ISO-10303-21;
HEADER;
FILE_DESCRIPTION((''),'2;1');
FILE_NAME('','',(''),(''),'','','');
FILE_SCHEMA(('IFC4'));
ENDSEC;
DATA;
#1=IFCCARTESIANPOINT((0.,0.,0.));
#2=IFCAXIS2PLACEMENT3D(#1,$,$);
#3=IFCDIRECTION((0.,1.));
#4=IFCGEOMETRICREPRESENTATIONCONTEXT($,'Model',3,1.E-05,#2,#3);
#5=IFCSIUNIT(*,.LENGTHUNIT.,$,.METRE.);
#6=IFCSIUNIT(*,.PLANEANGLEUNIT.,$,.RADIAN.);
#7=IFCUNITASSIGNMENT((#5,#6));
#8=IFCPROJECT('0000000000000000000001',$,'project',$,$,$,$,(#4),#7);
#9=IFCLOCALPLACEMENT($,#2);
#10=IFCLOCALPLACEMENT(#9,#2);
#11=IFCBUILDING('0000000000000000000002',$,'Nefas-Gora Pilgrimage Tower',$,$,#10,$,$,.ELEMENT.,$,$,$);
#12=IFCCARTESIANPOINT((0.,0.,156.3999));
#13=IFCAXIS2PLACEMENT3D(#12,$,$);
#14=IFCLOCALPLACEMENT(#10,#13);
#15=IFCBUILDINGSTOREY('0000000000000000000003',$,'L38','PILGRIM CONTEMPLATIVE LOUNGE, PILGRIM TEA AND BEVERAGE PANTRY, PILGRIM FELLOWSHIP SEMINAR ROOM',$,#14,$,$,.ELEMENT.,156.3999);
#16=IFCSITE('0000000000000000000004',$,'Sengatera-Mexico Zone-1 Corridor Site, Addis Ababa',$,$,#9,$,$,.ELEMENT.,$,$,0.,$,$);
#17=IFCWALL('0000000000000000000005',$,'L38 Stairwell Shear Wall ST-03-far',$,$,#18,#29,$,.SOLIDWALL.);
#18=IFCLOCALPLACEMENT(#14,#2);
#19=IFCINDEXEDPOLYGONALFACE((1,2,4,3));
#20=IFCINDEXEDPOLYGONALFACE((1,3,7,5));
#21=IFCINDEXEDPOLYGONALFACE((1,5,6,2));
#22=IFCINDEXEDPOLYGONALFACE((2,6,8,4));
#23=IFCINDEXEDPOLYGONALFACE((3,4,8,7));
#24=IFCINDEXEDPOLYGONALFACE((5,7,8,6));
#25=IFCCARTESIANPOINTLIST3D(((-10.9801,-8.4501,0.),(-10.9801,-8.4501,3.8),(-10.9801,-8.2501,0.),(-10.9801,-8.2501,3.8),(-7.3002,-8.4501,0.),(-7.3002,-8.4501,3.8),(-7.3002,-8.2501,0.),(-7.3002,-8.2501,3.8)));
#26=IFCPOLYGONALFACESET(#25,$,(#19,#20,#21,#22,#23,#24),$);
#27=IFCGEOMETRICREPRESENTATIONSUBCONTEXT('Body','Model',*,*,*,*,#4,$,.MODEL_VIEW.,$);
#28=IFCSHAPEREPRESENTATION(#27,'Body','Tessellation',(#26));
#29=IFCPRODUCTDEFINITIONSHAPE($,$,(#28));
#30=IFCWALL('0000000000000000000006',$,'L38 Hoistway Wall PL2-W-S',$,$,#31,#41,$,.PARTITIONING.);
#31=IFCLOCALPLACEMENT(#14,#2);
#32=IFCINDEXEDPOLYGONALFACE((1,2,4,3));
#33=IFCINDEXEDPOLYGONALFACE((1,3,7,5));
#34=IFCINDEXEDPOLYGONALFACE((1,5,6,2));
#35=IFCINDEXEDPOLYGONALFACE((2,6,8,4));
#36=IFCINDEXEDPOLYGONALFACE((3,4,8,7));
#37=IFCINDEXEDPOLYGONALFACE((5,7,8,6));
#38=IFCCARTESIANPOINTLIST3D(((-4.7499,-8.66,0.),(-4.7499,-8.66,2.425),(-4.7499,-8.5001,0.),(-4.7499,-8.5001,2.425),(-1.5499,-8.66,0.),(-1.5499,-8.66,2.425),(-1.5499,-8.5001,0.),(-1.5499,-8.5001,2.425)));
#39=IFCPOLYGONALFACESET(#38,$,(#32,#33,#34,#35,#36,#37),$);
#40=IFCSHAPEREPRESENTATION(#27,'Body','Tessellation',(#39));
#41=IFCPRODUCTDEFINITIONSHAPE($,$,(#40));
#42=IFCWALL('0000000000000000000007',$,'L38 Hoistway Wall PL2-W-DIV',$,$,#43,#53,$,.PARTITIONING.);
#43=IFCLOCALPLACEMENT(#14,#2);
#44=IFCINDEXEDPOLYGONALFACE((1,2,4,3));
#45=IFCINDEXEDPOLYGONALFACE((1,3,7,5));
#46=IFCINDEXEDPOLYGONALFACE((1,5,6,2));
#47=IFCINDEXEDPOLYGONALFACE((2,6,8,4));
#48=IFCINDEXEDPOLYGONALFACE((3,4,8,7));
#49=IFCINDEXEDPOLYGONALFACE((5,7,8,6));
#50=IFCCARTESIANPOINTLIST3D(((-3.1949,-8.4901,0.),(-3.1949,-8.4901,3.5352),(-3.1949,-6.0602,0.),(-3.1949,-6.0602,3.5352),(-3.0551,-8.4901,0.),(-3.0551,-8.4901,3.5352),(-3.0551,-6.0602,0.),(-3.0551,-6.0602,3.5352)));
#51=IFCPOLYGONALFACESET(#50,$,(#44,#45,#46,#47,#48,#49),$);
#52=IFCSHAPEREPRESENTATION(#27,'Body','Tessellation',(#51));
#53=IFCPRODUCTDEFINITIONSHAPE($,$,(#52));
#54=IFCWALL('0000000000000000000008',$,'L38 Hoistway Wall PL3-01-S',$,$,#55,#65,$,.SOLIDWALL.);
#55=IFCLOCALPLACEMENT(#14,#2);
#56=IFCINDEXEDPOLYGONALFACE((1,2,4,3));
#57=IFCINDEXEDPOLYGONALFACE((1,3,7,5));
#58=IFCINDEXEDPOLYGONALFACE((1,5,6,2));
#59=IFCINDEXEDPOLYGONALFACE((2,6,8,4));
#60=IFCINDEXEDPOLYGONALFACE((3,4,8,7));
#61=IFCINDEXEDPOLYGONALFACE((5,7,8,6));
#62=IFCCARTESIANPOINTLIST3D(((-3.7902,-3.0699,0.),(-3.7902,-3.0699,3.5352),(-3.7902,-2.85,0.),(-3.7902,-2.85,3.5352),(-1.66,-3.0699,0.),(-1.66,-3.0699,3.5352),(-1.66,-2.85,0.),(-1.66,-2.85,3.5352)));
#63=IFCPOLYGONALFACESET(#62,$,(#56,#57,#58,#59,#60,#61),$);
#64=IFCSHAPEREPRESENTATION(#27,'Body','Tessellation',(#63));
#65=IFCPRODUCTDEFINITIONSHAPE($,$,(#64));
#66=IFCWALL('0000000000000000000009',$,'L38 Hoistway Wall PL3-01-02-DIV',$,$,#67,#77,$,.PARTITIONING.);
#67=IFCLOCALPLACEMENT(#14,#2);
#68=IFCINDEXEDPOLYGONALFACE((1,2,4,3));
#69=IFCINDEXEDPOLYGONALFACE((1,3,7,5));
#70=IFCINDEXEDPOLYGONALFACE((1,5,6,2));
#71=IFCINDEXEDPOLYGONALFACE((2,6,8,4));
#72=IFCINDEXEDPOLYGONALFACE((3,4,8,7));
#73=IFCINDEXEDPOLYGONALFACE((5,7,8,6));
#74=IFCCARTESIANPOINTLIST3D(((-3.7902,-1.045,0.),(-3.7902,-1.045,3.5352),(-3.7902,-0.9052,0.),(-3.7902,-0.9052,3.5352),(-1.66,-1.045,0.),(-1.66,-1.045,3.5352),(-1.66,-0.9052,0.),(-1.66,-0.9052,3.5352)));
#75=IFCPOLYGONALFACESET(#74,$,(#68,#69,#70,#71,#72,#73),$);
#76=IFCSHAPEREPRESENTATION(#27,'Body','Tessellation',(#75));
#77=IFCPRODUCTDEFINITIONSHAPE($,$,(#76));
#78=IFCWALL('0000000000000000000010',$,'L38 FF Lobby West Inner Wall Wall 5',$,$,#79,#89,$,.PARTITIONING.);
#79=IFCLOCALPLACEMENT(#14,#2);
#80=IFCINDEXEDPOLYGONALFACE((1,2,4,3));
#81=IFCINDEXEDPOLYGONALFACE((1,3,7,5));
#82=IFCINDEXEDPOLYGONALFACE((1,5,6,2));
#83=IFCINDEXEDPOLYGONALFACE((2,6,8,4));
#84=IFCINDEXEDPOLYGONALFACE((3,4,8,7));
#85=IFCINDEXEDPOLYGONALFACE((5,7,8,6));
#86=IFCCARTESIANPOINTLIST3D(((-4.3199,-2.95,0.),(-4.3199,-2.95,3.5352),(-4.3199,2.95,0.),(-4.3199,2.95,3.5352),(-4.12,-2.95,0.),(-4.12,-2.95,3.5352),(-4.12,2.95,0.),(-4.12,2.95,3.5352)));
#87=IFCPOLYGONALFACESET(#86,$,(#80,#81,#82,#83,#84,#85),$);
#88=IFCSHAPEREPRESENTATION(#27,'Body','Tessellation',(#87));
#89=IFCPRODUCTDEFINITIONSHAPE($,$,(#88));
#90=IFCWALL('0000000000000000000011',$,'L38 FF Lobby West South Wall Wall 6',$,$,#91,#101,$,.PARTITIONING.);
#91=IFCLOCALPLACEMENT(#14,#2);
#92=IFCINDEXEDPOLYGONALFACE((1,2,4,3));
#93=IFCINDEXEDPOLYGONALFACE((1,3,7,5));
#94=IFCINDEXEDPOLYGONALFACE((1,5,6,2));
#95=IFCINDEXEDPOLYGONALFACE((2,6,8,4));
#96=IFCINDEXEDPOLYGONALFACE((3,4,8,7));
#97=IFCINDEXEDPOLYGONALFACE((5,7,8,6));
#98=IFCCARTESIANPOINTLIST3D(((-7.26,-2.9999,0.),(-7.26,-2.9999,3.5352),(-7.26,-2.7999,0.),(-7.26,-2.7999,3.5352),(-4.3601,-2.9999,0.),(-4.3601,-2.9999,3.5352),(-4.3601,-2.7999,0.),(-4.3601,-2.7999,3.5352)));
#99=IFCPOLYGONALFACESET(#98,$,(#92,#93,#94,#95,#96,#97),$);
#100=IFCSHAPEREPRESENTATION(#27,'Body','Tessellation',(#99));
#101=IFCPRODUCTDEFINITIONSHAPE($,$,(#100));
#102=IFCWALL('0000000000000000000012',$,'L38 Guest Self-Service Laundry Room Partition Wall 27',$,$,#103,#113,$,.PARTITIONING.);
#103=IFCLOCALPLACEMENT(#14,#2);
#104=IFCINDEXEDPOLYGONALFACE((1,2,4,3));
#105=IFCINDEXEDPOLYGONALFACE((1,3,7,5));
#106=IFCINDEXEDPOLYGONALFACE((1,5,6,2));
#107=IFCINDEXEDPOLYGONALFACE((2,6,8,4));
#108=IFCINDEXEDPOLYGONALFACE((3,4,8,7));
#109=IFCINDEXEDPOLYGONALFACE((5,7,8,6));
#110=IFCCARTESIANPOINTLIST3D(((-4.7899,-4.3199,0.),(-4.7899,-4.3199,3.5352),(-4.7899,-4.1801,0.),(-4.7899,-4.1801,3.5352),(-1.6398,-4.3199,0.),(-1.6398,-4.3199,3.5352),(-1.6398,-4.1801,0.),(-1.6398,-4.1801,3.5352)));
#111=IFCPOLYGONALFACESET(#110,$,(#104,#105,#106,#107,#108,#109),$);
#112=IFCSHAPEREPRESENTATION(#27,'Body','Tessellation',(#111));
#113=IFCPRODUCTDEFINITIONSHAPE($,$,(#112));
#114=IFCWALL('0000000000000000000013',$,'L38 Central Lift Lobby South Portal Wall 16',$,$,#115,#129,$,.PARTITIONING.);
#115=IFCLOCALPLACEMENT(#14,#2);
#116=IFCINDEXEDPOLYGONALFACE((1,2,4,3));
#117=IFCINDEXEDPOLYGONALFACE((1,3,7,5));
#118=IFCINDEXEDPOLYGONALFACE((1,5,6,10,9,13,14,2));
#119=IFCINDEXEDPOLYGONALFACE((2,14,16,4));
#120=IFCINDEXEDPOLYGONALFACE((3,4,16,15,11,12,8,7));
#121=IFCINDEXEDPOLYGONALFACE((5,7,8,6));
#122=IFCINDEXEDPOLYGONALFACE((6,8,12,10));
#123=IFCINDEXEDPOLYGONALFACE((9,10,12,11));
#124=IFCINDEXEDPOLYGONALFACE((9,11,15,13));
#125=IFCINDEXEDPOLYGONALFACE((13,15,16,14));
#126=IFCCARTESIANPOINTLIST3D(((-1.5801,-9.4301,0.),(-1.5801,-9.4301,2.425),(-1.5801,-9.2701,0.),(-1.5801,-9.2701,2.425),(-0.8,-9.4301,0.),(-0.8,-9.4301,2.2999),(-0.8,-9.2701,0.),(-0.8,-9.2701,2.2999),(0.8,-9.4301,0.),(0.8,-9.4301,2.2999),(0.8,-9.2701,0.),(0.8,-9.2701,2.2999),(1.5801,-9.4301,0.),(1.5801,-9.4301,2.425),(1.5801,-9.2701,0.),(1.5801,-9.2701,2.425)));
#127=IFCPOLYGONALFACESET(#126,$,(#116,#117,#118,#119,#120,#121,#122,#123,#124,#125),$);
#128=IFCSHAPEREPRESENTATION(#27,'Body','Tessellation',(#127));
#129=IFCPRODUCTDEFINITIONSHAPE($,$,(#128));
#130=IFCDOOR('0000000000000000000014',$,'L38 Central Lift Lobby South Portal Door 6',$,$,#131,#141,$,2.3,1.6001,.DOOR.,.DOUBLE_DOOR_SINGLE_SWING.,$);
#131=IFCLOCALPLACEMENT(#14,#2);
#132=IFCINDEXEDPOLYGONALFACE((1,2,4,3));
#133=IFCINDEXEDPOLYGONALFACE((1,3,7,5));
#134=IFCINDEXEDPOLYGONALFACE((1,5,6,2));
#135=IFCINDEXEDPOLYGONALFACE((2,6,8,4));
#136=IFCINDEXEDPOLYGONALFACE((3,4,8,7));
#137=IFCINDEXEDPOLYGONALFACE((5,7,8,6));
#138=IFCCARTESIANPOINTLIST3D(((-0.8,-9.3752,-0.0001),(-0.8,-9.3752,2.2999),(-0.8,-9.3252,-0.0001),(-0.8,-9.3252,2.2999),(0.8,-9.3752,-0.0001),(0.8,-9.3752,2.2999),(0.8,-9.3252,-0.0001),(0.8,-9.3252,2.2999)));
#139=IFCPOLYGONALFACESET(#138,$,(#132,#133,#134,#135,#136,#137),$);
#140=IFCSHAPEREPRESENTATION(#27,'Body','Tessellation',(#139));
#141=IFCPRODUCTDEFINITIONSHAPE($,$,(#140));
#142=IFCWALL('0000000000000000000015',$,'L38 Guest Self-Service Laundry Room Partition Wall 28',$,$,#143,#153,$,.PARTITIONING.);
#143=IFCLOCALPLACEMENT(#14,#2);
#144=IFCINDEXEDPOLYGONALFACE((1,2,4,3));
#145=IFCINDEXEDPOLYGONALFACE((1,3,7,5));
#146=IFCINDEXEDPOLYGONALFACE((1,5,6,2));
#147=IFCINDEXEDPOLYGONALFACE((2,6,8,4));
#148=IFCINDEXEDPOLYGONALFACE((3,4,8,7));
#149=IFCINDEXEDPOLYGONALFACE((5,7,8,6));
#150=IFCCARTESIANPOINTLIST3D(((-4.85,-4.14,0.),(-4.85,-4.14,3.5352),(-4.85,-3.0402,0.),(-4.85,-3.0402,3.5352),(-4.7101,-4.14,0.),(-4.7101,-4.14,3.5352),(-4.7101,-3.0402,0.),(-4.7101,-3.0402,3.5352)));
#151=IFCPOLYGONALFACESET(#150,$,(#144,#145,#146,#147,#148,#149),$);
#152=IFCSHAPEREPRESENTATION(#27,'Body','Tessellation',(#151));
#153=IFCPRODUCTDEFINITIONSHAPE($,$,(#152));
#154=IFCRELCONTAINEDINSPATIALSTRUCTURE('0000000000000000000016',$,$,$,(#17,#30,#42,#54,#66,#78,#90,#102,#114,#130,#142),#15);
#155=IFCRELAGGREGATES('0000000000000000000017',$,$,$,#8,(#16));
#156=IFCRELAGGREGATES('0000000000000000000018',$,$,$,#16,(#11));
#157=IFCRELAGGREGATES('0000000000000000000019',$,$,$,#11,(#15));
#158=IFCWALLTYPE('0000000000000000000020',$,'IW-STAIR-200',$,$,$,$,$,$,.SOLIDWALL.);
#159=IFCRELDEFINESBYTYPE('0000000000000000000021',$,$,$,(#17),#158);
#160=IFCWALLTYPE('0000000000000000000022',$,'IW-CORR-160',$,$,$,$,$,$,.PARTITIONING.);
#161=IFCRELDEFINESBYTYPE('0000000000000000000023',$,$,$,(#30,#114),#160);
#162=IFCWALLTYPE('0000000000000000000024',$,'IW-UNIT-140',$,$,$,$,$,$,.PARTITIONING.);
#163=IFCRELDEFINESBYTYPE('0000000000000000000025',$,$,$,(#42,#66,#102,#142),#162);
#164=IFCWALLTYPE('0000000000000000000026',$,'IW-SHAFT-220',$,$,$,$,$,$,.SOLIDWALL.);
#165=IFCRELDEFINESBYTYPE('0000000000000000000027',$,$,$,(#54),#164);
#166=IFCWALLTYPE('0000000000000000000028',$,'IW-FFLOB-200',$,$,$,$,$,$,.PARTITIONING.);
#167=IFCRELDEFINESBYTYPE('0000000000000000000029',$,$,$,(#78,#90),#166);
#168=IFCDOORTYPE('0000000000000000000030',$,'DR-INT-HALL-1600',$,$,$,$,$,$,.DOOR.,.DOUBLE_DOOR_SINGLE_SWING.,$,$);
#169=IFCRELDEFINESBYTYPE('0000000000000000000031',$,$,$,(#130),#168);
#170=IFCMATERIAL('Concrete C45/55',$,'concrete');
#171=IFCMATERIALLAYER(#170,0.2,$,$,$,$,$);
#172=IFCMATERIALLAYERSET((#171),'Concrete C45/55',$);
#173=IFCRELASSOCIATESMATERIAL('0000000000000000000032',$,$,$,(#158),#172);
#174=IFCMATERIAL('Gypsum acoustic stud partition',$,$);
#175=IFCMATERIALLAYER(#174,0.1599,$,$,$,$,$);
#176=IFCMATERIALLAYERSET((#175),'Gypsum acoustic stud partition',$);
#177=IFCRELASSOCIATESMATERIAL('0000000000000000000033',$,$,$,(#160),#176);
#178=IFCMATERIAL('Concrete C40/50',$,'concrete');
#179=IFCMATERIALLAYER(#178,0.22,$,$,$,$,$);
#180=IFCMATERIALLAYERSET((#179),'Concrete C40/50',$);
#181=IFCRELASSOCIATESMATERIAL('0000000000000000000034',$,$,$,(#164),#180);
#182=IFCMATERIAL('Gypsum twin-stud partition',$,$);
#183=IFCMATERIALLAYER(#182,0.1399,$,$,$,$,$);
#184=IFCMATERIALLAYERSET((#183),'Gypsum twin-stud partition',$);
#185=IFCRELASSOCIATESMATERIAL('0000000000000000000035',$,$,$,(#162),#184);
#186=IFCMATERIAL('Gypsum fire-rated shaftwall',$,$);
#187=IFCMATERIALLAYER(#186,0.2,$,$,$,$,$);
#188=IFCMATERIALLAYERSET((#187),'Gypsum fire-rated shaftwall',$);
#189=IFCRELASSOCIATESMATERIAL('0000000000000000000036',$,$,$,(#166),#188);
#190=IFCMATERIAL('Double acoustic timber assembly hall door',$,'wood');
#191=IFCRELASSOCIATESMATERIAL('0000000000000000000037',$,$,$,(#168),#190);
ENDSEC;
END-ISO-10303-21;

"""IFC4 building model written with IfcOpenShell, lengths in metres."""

from ifc_helpers import new_model, si_unit, direction, frame, frame_2d, origin, place, context, subcontext, project, spatial, rectangle, extrude, source, transform, mapped, material, layer, layer_set, type_object, element, fill, save


model = new_model("IFC4")

# Units and contexts
model_context = context("Model", 3, precision=1e-05, world=origin(), true_north=direction((0.0, 1.0)))
body_context = subcontext(model_context, "Body", "Model", "MODEL_VIEW")
ifc_project = project(units=[si_unit("LENGTHUNIT", "METRE"), si_unit("PLANEANGLEUNIT", "RADIAN")], contexts=[model_context])

# Site, building, storey
site_placement = place(None, origin())
site = spatial("IfcSite", under=ifc_project, at=site_placement, Name="Sengatera-Mexico Zone-1 Corridor Site, Addis Ababa", CompositionType="ELEMENT", RefElevation=0.0)
building_placement = place(site_placement, origin())
building = spatial("IfcBuilding", under=site, at=building_placement, Name="Nefas-Gora Pilgrimage Tower", CompositionType="ELEMENT")
storey_placement = place(building_placement, frame((0.0, 0.0, 156.3999)))
storey = spatial("IfcBuildingStorey", under=building, at=storey_placement, Name="L38", Description="PILGRIM CONTEMPLATIVE LOUNGE, PILGRIM TEA AND BEVERAGE PANTRY, PILGRIM FELLOWSHIP SEMINAR ROOM", CompositionType="ELEMENT", Elevation=156.3999)

# Shared definitions
ifc_material_1 = material(Name="Concrete C45/55", Category="concrete")
ifc_layer_1 = layer(ifc_material_1, 0.2)
ifc_layer_set_1 = layer_set([ifc_layer_1], Name="Concrete C45/55")
wall_type_1 = type_object("IfcWallType", Name="IW-STAIR-200", PredefinedType="SOLIDWALL", material=ifc_layer_set_1)

# Walls
shared_shape_1 = source(origin(), body_context, "Body", "SweptSolid", [
    extrude(rectangle(XDim=3.6799, YDim=0.2, at=frame_2d((1.8398, 0.0))), origin(), (0.0, 0.0, 1.0), 3.8),
])
wall_1_placement = place(storey_placement, frame((-10.98, -8.3501, 0.0), z_axis=(0.0, 0.0, 1.0), x_axis=(1.0, 0.0, 0.0)))
element("IfcWall", 1, at=wall_1_placement, inside=storey, type_object=wall_type_1, Name="L38 Stairwell Shear Wall ST-03-far", PredefinedType="SOLIDWALL", context=body_context, shape_type="MappedRepresentation", body=[
    mapped(shared_shape_1, transform((0.0, 0.0, 0.0), x_axis=(1.0, 0.0, 0.0), y_axis=(0.0, 1.0, 0.0), z_axis=(0.0, 0.0, 1.0), scale=1.0)),
])
ifc_material_2 = material(Name="Gypsum acoustic stud partition")
ifc_layer_2 = layer(ifc_material_2, 0.1599)
ifc_layer_set_2 = layer_set([ifc_layer_2], Name="Gypsum acoustic stud partition")
wall_type_2 = type_object("IfcWallType", Name="IW-CORR-160", PredefinedType="PARTITIONING", material=ifc_layer_set_2)
shared_shape_2 = source(origin(), body_context, "Body", "SweptSolid", [
    extrude(rectangle(XDim=3.2, YDim=0.1599, at=frame_2d((1.6001, 0.0))), origin(), (0.0, 0.0, 1.0), 2.425),
])
wall_2_placement = place(storey_placement, frame((-4.75, -8.5801, 0.0), z_axis=(0.0, 0.0, 1.0), x_axis=(1.0, 0.0, 0.0)))
element("IfcWall", 2, at=wall_2_placement, inside=storey, type_object=wall_type_2, Name="L38 Hoistway Wall PL2-W-S", PredefinedType="PARTITIONING", context=body_context, shape_type="MappedRepresentation", body=[
    mapped(shared_shape_2, transform((0.0, 0.0, 0.0), x_axis=(1.0, 0.0, 0.0), y_axis=(0.0, 1.0, 0.0), z_axis=(0.0, 0.0, 1.0), scale=1.0)),
])
ifc_material_3 = material(Name="Concrete C40/50", Category="concrete")
ifc_layer_3 = layer(ifc_material_3, 0.22)
ifc_layer_set_3 = layer_set([ifc_layer_3], Name="Concrete C40/50")
wall_type_3 = type_object("IfcWallType", Name="IW-SHAFT-220", PredefinedType="SOLIDWALL", material=ifc_layer_set_3)
ifc_material_4 = material(Name="Gypsum twin-stud partition")
ifc_layer_4 = layer(ifc_material_4, 0.1399)
ifc_layer_set_4 = layer_set([ifc_layer_4], Name="Gypsum twin-stud partition")
wall_type_4 = type_object("IfcWallType", Name="IW-UNIT-140", PredefinedType="PARTITIONING", material=ifc_layer_set_4)
shared_shape_3 = source(origin(), body_context, "Body", "SweptSolid", [
    extrude(rectangle(XDim=2.4299, YDim=0.1399, at=frame_2d((1.2148, 0.0))), origin(), (0.0, 0.0, 1.0), 3.5352),
])
wall_3_placement = place(storey_placement, frame((-3.125, -8.49, 0.0), z_axis=(0.0, 0.0, 1.0), x_axis=(0.0, 1.0, 0.0)))
element("IfcWall", 3, at=wall_3_placement, inside=storey, type_object=wall_type_4, Name="L38 Hoistway Wall PL2-W-DIV", PredefinedType="PARTITIONING", context=body_context, shape_type="MappedRepresentation", body=[
    mapped(shared_shape_3, transform((0.0, 0.0, 0.0), x_axis=(1.0, 0.0, 0.0), y_axis=(0.0, 1.0, 0.0), z_axis=(0.0, 0.0, 1.0), scale=1.0)),
])
shared_shape_4 = source(origin(), body_context, "Body", "SweptSolid", [
    extrude(rectangle(XDim=2.1301, YDim=0.22, at=frame_2d((1.0649, 0.0))), origin(), (0.0, 0.0, 1.0), 3.5352),
])
wall_4_placement = place(storey_placement, frame((-3.79, -2.96, 0.0), z_axis=(0.0, 0.0, 1.0), x_axis=(1.0, 0.0, 0.0)))
element("IfcWall", 4, at=wall_4_placement, inside=storey, type_object=wall_type_3, Name="L38 Hoistway Wall PL3-01-S", PredefinedType="SOLIDWALL", context=body_context, shape_type="MappedRepresentation", body=[
    mapped(shared_shape_4, transform((0.0, 0.0, 0.0), x_axis=(1.0, 0.0, 0.0), y_axis=(0.0, 1.0, 0.0), z_axis=(0.0, 0.0, 1.0), scale=1.0)),
])
shared_shape_5 = source(origin(), body_context, "Body", "SweptSolid", [
    extrude(rectangle(XDim=2.1301, YDim=0.1399, at=frame_2d((1.0649, 0.0))), origin(), (0.0, 0.0, 1.0), 3.5352),
])
wall_5_placement = place(storey_placement, frame((-3.79, -0.9751, 0.0), z_axis=(0.0, 0.0, 1.0), x_axis=(1.0, 0.0, 0.0)))
element("IfcWall", 5, at=wall_5_placement, inside=storey, type_object=wall_type_4, Name="L38 Hoistway Wall PL3-01-02-DIV", PredefinedType="PARTITIONING", context=body_context, shape_type="MappedRepresentation", body=[
    mapped(shared_shape_5, transform((0.0, 0.0, 0.0), x_axis=(1.0, 0.0, 0.0), y_axis=(0.0, 1.0, 0.0), z_axis=(0.0, 0.0, 1.0), scale=1.0)),
])
ifc_material_5 = material(Name="Gypsum fire-rated shaftwall")
ifc_layer_5 = layer(ifc_material_5, 0.2)
ifc_layer_set_5 = layer_set([ifc_layer_5], Name="Gypsum fire-rated shaftwall")
wall_type_5 = type_object("IfcWallType", Name="IW-FFLOB-200", PredefinedType="PARTITIONING", material=ifc_layer_set_5)
shared_shape_6 = source(origin(), body_context, "Body", "SweptSolid", [
    extrude(rectangle(XDim=5.8999, YDim=0.2, at=frame_2d((2.95, 0.0))), origin(), (0.0, 0.0, 1.0), 3.5352),
])
wall_6_placement = place(storey_placement, frame((-4.22, -2.95, 0.0), z_axis=(0.0, 0.0, 1.0), x_axis=(0.0, 1.0, 0.0)))
element("IfcWall", 6, at=wall_6_placement, inside=storey, type_object=wall_type_5, Name="L38 FF Lobby West Inner Wall Wall 5", PredefinedType="PARTITIONING", context=body_context, shape_type="MappedRepresentation", body=[
    mapped(shared_shape_6, transform((0.0, 0.0, 0.0), x_axis=(1.0, 0.0, 0.0), y_axis=(0.0, 1.0, 0.0), z_axis=(0.0, 0.0, 1.0), scale=1.0)),
])
shared_shape_7 = source(origin(), body_context, "Body", "SweptSolid", [
    extrude(rectangle(XDim=2.8999, YDim=0.2, at=frame_2d((1.45, 0.0))), origin(), (0.0, 0.0, 1.0), 3.5352),
])
wall_7_placement = place(storey_placement, frame((-7.26, -2.8999, 0.0), z_axis=(0.0, 0.0, 1.0), x_axis=(1.0, 0.0, 0.0)))
element("IfcWall", 7, at=wall_7_placement, inside=storey, type_object=wall_type_5, Name="L38 FF Lobby West South Wall Wall 6", PredefinedType="PARTITIONING", context=body_context, shape_type="MappedRepresentation", body=[
    mapped(shared_shape_7, transform((0.0, 0.0, 0.0), x_axis=(1.0, 0.0, 0.0), y_axis=(0.0, 1.0, 0.0), z_axis=(0.0, 0.0, 1.0), scale=1.0)),
])
shared_shape_8 = source(origin(), body_context, "Body", "SweptSolid", [
    extrude(rectangle(XDim=3.1501, YDim=0.1399, at=frame_2d((1.5752, 0.0))), origin(), (0.0, 0.0, 1.0), 3.5352),
])
wall_8_placement = place(storey_placement, frame((-4.79, -4.25, 0.0), z_axis=(0.0, 0.0, 1.0), x_axis=(1.0, 0.0, 0.0)))
element("IfcWall", 8, at=wall_8_placement, inside=storey, type_object=wall_type_4, Name="L38 Guest Self-Service Laundry Room Partition Wall 27", PredefinedType="PARTITIONING", context=body_context, shape_type="MappedRepresentation", body=[
    mapped(shared_shape_8, transform((0.0, 0.0, 0.0), x_axis=(1.0, 0.0, 0.0), y_axis=(0.0, 1.0, 0.0), z_axis=(0.0, 0.0, 1.0), scale=1.0)),
])

# Wall, opening, door
shared_shape_9 = source(origin(), body_context, "Body", "SweptSolid", [
    extrude(rectangle(XDim=3.1602, YDim=0.1599, at=frame_2d((1.5801, 0.0))), origin(), (0.0, 0.0, 1.0), 2.425),
])
wall_9_placement = place(storey_placement, frame((-1.5801, -9.3501, 0.0), z_axis=(0.0, 0.0, 1.0), x_axis=(1.0, 0.0, 0.0)))
wall_9 = element("IfcWall", 9, at=wall_9_placement, inside=storey, type_object=wall_type_2, Name="L38 Central Lift Lobby South Portal Wall 16", PredefinedType="PARTITIONING", context=body_context, shape_type="MappedRepresentation", body=[
    mapped(shared_shape_9, transform((0.0, 0.0, 0.0), x_axis=(1.0, 0.0, 0.0), y_axis=(0.0, 1.0, 0.0), z_axis=(0.0, 0.0, 1.0), scale=1.0)),
])
opening_1_placement = place(wall_9_placement, frame((0.78, 0.0, 0.0)))
opening_1 = element("IfcOpeningElement", 10, at=opening_1_placement, cuts=wall_9, PredefinedType="OPENING", context=body_context, shape_type="SweptSolid", body=[
    extrude(rectangle(XDim=1.6001, YDim=2.3, at=frame_2d((0.8, 1.1499))), frame((0.0, 0.0898, 0.0), z_axis=(0.0, -1.0, 0.0), x_axis=(1.0, 0.0, 0.0)), (0.0, 0.0, 1.0), 0.1799),
])
ifc_material_6 = material(Name="Double acoustic timber assembly hall door", Category="wood")
door_type_1 = type_object("IfcDoorType", Name="DR-INT-HALL-1600", OperationType="DOUBLE_DOOR_SINGLE_SWING", PredefinedType="DOOR", material=ifc_material_6)
shared_shape_10 = source(origin(), body_context, "Body", "SweptSolid", [
    extrude(rectangle(XDim=1.6001, YDim=2.3, at=frame_2d((0.8, 1.1499))), frame((0.0, 0.0249, 0.0), z_axis=(0.0, -1.0, 0.0), x_axis=(1.0, 0.0, 0.0)), (0.0, 0.0, 1.0), 0.05),
])
door_1_placement = place(opening_1_placement, origin())
door_1 = element("IfcDoor", 11, at=door_1_placement, inside=storey, type_object=door_type_1, Name="L38 Central Lift Lobby South Portal Door 6", OperationType="DOUBLE_DOOR_SINGLE_SWING", OverallHeight=2.3, OverallWidth=1.6001, PredefinedType="DOOR", context=body_context, shape_type="MappedRepresentation", body=[
    mapped(shared_shape_10, transform((0.0, 0.0, 0.0), x_axis=(1.0, 0.0, 0.0), y_axis=(0.0, 1.0, 0.0), z_axis=(0.0, 0.0, 1.0), scale=1.0)),
])
fill(opening_1, door_1)

# Wall
shared_shape_11 = source(origin(), body_context, "Body", "SweptSolid", [
    extrude(rectangle(XDim=1.0999, YDim=0.1399, at=frame_2d((0.5498, 0.0))), origin(), (0.0, 0.0, 1.0), 3.5352),
])
wall_10_placement = place(storey_placement, frame((-4.78, -4.1399, 0.0), z_axis=(0.0, 0.0, 1.0), x_axis=(0.0, 1.0, 0.0)))
element("IfcWall", 12, at=wall_10_placement, inside=storey, type_object=wall_type_4, Name="L38 Guest Self-Service Laundry Room Partition Wall 28", PredefinedType="PARTITIONING", context=body_context, shape_type="MappedRepresentation", body=[
    mapped(shared_shape_11, transform((0.0, 0.0, 0.0), x_axis=(1.0, 0.0, 0.0), y_axis=(0.0, 1.0, 0.0), z_axis=(0.0, 0.0, 1.0), scale=1.0)),
])

save(model, "model.ifc")
